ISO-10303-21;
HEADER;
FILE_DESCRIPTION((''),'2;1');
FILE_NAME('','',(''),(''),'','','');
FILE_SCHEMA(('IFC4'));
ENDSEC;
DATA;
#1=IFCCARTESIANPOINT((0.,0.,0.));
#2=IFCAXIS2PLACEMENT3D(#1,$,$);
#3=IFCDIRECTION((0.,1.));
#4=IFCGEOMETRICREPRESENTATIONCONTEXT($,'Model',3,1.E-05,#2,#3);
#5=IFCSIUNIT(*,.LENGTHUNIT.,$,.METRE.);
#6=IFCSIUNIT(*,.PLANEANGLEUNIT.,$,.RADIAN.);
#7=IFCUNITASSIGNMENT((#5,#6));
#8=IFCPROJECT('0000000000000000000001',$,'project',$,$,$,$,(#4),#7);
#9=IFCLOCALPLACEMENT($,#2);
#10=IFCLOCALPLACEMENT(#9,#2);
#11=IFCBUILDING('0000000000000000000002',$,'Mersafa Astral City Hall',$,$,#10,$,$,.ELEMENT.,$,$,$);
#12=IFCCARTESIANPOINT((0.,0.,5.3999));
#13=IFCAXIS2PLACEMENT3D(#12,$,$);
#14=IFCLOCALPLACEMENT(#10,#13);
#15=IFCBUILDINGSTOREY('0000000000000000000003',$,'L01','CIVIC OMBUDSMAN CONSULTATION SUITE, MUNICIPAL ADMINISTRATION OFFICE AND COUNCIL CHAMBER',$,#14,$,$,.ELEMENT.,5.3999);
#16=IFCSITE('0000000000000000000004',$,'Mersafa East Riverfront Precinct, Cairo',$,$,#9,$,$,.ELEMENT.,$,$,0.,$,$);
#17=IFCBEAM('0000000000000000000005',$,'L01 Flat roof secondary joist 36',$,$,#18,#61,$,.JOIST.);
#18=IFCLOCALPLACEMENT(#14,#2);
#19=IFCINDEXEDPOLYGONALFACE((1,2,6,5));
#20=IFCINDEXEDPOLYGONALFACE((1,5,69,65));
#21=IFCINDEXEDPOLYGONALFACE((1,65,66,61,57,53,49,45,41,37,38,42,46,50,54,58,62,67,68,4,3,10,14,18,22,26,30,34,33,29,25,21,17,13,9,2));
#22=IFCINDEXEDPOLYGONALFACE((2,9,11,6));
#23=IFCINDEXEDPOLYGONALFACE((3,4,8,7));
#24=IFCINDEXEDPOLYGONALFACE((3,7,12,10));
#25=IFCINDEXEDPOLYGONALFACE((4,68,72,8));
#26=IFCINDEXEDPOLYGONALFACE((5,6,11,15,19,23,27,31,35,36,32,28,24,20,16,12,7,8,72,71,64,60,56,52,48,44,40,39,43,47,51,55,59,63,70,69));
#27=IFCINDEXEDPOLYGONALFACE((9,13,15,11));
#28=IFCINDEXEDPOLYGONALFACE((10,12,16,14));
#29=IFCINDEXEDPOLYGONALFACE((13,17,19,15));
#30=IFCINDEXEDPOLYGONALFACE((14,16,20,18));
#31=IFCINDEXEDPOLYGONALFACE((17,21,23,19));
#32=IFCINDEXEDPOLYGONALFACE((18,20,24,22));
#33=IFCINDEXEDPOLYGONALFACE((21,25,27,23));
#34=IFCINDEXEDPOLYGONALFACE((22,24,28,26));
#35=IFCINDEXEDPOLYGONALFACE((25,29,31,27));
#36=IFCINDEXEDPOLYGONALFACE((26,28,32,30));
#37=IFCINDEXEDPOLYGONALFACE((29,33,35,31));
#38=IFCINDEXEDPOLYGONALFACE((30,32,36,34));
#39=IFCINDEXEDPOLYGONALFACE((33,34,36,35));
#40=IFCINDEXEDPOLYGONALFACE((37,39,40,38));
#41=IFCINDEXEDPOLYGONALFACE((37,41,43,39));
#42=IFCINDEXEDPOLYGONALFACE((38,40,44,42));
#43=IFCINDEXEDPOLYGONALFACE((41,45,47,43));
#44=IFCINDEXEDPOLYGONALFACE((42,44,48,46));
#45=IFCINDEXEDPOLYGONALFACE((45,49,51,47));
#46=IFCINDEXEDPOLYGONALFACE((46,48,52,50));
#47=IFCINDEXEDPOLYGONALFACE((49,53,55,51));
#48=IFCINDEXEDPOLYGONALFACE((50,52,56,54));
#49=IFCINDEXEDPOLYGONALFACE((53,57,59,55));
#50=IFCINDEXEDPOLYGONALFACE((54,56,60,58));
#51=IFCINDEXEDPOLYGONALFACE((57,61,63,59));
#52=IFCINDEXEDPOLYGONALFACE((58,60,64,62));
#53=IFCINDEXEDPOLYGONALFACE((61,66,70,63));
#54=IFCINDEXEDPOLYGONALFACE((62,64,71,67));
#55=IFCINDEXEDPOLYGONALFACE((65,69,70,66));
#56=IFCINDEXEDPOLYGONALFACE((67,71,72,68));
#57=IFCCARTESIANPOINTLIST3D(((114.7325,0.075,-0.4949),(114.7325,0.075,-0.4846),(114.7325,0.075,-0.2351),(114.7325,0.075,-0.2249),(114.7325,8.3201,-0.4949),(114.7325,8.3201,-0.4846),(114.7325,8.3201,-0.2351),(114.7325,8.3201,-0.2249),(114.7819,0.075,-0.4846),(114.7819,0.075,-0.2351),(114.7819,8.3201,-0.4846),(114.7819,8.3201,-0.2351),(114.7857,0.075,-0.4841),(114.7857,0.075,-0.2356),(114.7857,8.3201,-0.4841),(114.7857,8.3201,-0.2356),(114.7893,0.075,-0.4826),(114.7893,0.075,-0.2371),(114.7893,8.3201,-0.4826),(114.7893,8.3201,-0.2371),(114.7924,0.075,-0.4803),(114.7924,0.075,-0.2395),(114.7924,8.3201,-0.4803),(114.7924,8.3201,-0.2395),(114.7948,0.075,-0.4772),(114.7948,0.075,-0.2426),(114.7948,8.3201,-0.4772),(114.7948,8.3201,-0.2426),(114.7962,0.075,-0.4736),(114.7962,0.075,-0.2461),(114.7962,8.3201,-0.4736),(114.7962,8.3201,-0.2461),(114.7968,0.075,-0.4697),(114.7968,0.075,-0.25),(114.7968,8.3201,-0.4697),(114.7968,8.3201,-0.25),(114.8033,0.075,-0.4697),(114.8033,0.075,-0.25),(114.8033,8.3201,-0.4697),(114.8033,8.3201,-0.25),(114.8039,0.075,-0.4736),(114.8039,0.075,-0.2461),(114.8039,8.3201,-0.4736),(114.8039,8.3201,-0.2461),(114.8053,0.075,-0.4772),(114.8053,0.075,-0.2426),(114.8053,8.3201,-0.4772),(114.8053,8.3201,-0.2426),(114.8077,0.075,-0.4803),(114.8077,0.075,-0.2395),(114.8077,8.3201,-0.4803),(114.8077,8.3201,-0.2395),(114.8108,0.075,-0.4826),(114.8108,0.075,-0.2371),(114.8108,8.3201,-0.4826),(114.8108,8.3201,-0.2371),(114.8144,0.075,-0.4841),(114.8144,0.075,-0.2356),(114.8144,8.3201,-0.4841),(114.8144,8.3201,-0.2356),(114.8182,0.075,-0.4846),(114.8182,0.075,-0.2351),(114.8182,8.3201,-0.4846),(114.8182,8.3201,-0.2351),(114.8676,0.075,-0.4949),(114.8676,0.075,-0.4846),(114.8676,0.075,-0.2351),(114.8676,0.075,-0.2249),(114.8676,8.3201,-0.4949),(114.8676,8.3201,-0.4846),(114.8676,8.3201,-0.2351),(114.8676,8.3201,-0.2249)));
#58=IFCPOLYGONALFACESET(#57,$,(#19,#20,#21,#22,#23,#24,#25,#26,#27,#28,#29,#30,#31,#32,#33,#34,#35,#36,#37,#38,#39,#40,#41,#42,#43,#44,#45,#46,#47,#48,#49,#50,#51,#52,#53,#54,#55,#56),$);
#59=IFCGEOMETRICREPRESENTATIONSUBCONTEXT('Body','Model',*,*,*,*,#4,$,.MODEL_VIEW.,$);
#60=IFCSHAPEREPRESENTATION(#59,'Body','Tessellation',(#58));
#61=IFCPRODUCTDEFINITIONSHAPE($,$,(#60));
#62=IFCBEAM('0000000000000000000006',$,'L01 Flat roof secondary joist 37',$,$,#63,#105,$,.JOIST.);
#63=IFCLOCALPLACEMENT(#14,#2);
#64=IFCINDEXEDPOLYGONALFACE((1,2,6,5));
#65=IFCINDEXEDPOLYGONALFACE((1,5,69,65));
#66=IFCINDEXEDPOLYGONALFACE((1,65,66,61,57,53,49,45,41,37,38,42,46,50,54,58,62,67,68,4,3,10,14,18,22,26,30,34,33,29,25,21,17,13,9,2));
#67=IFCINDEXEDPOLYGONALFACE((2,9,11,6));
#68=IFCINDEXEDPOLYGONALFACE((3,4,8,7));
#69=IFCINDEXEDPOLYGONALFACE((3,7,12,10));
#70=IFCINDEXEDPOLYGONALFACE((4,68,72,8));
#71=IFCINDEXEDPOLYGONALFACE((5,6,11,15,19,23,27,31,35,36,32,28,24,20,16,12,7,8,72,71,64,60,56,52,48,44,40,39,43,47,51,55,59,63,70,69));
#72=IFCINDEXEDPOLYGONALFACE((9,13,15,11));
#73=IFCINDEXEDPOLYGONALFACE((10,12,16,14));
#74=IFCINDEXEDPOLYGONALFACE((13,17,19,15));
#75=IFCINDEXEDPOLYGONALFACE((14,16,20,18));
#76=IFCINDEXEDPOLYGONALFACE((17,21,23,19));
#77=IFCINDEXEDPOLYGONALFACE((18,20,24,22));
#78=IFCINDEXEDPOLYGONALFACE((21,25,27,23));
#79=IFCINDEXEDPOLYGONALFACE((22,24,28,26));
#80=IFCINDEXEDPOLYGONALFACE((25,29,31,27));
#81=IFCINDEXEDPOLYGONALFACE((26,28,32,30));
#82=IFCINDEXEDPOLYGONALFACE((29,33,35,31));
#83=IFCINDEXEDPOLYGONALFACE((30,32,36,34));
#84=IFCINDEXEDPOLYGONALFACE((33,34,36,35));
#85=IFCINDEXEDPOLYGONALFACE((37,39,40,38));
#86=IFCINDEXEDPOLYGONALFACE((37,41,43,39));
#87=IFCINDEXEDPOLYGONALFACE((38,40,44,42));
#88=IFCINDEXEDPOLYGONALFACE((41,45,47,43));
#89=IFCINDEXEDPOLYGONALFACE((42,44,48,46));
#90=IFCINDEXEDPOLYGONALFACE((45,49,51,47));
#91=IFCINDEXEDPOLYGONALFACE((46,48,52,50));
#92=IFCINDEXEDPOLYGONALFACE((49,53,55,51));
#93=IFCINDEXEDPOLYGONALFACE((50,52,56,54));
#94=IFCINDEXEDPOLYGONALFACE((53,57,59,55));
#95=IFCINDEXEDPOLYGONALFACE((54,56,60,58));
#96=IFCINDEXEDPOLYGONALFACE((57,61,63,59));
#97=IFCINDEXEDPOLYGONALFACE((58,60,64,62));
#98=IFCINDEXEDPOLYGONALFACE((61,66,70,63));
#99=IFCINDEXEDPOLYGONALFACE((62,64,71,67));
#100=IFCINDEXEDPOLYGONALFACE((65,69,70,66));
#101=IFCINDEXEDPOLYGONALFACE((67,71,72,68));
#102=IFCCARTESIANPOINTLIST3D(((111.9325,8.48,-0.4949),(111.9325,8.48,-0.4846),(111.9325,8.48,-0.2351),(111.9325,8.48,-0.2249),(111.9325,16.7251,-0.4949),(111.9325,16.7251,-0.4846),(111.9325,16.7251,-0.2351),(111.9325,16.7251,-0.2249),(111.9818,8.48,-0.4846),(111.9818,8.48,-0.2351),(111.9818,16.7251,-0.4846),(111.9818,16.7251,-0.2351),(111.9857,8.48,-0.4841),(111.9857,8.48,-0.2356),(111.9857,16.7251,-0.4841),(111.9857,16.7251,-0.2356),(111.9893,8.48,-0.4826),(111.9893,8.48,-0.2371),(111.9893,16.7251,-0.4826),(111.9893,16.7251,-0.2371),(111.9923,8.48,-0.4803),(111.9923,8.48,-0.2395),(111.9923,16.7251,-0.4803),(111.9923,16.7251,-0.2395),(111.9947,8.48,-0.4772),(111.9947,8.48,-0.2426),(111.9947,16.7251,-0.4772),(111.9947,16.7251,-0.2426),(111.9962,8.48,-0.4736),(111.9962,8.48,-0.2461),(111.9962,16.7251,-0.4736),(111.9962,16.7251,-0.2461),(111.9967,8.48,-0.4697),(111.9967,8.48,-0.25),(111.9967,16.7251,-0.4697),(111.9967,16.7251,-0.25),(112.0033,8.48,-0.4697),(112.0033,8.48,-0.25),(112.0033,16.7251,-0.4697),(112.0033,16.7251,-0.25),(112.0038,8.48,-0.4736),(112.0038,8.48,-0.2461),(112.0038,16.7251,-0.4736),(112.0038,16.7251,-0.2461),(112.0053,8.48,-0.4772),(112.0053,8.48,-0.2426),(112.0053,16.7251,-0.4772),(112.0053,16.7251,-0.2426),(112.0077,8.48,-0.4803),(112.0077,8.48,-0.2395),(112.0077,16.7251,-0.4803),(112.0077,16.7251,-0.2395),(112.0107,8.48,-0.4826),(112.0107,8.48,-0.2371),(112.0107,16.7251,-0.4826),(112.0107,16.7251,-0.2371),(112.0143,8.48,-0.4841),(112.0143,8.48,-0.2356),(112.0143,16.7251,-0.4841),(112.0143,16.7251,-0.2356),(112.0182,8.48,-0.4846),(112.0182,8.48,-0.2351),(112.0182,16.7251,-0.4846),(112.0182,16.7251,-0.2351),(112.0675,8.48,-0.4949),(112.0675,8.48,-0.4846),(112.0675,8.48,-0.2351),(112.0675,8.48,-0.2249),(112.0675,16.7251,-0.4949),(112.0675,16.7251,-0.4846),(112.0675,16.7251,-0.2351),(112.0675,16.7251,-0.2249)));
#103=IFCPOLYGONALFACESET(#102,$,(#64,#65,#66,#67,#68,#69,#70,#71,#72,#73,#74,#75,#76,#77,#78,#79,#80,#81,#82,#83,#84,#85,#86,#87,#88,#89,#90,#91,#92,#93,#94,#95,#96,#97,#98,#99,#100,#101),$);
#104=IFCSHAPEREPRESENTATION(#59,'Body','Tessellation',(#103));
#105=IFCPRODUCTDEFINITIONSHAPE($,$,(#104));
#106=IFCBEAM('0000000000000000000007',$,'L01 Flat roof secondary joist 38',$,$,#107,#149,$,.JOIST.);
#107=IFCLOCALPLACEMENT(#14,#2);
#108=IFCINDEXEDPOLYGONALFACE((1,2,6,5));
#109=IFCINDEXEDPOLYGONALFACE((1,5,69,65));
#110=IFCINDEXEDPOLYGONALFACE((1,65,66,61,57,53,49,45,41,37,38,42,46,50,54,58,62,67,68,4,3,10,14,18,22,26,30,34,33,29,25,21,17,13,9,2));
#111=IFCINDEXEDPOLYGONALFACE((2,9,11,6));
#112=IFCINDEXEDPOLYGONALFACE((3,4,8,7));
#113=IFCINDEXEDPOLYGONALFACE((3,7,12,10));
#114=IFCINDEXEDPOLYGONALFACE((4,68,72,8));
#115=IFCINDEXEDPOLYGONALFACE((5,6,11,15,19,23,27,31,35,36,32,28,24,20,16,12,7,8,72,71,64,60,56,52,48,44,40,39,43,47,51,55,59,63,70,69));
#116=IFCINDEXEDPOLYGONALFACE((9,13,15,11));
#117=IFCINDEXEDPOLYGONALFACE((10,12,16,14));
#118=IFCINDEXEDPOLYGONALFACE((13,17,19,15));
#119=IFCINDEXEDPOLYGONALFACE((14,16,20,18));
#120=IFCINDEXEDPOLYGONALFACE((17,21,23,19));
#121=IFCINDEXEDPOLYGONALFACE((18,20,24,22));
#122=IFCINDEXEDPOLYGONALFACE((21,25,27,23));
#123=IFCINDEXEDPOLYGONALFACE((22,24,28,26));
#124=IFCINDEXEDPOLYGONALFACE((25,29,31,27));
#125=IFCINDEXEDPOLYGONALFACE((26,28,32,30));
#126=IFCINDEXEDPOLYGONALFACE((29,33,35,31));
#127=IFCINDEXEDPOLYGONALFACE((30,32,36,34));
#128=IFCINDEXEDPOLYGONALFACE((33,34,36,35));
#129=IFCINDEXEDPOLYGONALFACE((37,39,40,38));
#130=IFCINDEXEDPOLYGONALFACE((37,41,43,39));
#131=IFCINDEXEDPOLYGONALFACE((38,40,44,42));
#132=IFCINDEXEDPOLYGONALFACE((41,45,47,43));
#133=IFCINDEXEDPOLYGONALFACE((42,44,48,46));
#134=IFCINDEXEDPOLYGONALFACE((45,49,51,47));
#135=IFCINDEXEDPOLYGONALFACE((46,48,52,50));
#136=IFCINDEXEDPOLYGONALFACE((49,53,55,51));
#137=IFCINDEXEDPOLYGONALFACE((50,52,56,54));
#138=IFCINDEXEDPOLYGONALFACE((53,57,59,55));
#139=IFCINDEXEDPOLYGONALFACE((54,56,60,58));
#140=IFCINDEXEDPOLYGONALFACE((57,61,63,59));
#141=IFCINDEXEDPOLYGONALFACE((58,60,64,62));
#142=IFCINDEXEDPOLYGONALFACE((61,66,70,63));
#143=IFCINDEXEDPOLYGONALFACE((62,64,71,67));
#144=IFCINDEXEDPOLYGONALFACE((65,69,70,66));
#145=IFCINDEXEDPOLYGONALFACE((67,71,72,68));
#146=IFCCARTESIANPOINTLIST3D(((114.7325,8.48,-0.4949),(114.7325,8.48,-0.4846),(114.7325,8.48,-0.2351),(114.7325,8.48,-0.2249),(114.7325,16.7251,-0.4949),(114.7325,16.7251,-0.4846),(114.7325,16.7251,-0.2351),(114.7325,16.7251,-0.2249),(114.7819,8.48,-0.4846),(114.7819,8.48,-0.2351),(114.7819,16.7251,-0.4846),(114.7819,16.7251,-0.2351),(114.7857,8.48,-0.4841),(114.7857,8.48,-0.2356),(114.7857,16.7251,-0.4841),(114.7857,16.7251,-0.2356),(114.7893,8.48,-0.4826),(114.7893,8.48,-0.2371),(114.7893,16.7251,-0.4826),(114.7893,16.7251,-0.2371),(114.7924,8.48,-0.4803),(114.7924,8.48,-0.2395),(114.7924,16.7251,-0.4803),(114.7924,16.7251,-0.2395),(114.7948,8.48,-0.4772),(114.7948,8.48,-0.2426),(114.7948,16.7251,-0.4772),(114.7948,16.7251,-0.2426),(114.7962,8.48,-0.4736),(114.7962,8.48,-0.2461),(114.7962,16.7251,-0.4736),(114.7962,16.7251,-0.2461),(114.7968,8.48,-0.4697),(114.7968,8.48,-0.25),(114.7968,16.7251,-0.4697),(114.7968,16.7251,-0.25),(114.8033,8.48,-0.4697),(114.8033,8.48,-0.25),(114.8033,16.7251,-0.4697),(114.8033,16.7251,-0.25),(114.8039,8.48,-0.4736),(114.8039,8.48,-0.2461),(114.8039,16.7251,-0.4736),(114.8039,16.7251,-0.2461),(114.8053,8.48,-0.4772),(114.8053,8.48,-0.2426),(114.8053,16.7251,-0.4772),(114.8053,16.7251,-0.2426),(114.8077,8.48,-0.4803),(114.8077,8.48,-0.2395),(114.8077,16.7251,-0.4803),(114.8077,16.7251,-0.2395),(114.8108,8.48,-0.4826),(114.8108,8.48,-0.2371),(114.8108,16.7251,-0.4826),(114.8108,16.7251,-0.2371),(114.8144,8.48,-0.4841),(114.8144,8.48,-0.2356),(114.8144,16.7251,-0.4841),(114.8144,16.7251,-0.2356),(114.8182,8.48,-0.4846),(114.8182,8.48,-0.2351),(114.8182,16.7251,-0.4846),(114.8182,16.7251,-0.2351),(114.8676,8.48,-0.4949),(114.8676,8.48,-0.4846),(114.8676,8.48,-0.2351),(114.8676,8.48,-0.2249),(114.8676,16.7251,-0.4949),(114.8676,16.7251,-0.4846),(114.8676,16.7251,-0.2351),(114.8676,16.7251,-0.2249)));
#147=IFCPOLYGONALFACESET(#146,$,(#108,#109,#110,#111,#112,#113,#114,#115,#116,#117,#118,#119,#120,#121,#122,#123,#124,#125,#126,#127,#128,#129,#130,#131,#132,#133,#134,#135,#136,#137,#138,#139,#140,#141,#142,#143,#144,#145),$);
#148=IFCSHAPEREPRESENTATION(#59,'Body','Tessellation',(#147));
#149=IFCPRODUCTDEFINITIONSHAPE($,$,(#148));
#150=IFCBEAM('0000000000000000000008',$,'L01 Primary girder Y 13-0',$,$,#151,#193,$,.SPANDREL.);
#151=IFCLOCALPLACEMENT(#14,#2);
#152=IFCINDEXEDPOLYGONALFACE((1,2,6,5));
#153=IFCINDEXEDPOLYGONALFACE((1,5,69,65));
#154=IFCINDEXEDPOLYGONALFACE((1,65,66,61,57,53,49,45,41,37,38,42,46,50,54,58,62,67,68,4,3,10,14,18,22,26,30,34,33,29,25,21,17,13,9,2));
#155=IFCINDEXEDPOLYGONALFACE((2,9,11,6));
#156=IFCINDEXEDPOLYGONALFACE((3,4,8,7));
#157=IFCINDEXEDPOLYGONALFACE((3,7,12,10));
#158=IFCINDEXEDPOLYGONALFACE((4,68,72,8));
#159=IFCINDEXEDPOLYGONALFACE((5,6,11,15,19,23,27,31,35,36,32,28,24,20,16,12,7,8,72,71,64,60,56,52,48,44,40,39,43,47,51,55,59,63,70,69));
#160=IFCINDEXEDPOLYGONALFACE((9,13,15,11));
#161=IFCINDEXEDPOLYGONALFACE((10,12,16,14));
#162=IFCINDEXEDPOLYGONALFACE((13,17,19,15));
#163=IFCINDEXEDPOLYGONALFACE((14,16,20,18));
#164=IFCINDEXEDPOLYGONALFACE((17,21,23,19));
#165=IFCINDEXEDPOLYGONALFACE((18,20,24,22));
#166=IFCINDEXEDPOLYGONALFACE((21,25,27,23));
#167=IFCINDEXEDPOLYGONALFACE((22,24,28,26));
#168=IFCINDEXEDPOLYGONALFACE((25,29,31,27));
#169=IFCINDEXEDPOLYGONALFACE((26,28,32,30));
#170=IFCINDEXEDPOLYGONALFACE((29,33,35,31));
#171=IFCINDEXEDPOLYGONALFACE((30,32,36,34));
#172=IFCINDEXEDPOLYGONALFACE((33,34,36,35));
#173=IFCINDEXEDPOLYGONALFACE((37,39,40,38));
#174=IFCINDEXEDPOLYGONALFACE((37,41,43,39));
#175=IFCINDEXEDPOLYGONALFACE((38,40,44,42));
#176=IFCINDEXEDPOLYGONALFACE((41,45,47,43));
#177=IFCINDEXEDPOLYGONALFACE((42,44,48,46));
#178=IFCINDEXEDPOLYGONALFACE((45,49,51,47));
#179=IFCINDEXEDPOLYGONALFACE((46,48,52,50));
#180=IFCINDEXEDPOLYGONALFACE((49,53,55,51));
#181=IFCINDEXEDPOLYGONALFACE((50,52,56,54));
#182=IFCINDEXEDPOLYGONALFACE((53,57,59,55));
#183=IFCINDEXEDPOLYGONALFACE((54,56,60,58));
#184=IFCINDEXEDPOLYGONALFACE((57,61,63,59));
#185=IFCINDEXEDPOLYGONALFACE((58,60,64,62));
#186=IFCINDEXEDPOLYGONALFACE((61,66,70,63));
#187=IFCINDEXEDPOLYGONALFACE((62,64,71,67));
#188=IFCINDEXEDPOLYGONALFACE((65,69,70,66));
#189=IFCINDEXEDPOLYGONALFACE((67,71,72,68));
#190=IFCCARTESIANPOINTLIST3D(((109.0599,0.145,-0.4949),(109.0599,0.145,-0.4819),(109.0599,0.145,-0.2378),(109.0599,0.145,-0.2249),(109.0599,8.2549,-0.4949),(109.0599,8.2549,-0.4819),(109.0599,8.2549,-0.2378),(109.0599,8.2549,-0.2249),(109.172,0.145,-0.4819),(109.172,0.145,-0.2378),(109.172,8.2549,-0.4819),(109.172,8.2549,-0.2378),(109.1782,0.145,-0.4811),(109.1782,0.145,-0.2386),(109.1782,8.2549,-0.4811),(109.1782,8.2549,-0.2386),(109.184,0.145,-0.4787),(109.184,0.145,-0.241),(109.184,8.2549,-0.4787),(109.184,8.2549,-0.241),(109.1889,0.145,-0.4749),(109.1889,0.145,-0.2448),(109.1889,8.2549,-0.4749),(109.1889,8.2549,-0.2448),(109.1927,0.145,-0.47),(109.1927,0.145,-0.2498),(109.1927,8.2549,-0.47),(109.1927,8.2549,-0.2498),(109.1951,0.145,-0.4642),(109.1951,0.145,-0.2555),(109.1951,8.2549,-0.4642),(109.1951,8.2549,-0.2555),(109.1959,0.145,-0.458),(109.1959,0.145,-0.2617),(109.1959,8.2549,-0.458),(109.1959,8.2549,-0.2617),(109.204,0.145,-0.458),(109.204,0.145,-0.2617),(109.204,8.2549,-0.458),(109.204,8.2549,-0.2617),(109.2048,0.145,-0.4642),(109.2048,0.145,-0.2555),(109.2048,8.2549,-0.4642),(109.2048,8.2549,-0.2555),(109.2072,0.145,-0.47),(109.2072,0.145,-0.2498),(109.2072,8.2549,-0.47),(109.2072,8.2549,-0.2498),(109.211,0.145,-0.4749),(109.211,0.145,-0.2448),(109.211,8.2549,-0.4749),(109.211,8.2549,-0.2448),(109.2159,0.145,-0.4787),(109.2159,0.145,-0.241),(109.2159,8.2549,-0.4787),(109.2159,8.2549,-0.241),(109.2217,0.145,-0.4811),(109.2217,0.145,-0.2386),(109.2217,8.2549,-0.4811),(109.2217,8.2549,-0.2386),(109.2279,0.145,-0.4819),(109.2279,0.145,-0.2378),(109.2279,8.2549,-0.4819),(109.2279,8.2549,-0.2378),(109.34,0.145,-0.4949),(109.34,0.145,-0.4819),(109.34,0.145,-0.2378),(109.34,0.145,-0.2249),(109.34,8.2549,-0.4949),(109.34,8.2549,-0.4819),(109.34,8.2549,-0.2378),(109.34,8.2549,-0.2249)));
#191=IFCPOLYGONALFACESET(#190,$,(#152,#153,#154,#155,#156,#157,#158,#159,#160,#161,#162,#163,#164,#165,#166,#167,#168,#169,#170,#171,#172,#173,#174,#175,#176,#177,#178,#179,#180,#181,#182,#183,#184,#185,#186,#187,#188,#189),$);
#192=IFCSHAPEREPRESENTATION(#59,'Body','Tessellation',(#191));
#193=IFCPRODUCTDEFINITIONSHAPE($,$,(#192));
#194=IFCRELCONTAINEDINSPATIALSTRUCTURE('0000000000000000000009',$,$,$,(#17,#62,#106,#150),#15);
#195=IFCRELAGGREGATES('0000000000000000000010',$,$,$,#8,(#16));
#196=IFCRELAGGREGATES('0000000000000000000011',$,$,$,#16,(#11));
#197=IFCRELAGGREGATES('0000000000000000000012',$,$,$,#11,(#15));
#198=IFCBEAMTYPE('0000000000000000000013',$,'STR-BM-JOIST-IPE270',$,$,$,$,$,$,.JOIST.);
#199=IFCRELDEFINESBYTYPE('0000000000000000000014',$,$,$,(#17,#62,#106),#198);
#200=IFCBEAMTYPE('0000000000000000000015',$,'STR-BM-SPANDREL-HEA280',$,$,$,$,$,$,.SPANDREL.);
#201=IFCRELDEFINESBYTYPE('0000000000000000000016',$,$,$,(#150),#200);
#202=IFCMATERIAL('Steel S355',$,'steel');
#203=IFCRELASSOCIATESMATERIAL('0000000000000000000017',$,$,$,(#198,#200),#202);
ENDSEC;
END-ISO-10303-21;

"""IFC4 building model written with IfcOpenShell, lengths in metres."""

from ifc_helpers import new_model, si_unit, direction, frame, origin, origin_2d, place, context, subcontext, project, spatial, i_section, extrude, material, material_profile, profile_set, type_object, element, save


model = new_model("IFC4")

# Units and contexts
model_context = context("Model", 3, precision=1e-05, world=origin(), true_north=direction((0.0, 1.0)))
body_context = subcontext(model_context, "Body", "Model", "MODEL_VIEW")
ifc_project = project(units=[si_unit("LENGTHUNIT", "METRE"), si_unit("PLANEANGLEUNIT", "RADIAN")], contexts=[model_context])

# Site, building, storey
site_placement = place(None, origin())
site = spatial("IfcSite", under=ifc_project, at=site_placement, Name="Mersafa East Riverfront Precinct, Cairo", CompositionType="ELEMENT", RefElevation=0.0)
building_placement = place(site_placement, origin())
building = spatial("IfcBuilding", under=site, at=building_placement, Name="Mersafa Astral City Hall", CompositionType="ELEMENT")
storey_placement = place(building_placement, frame((0.0, 0.0, 5.3999)))
storey = spatial("IfcBuildingStorey", under=building, at=storey_placement, Name="L01", Description="CIVIC OMBUDSMAN CONSULTATION SUITE, MUNICIPAL ADMINISTRATION OFFICE AND COUNCIL CHAMBER", CompositionType="ELEMENT", Elevation=5.3999)

# Shared definitions
ifc_material_1 = material(Name="Steel S355", Category="steel")

# Beams
ifc_material_profile_1 = material_profile(ifc_material_1, i_section(OverallWidth=0.135, OverallDepth=0.27, WebThickness=0.0066, FlangeThickness=0.0103, FilletRadius=0.0149, at=origin_2d()), Name="IPE 270")
ifc_profile_set_1 = profile_set([ifc_material_profile_1], Name="Steel S355")
beam_type_1 = type_object("IfcBeamType", Name="STR-BM-JOIST-IPE270", PredefinedType="JOIST", material=ifc_profile_set_1)
for number, where, z_axis, x_axis, name in (
    (1, (114.8, 0.075, -0.3599), (0.0, 1.0, 0.0), (-1.0, 0.0, 0.0), "L01 Flat roof secondary joist 36"),
    (2, (112.0, 8.48, -0.3599), (0.0, 1.0, 0.0), (-1.0, 0.0, 0.0), "L01 Flat roof secondary joist 37"),
    (3, (114.8, 8.48, -0.3599), (0.0, 1.0, 0.0), (-1.0, 0.0, 0.0), "L01 Flat roof secondary joist 38"),
):
    element("IfcBeam", number, at=place(storey_placement, frame(where, z_axis=z_axis, x_axis=x_axis)), inside=storey, type_object=beam_type_1, Name=name, PredefinedType="JOIST", context=body_context, shape_type="SweptSolid", body=[
        extrude(i_section(OverallWidth=0.135, OverallDepth=0.27, WebThickness=0.0066, FlangeThickness=0.0103, FilletRadius=0.0149, at=origin_2d()), origin(), (0.0, 0.0, 1.0), 8.2451),
    ])
ifc_material_profile_2 = material_profile(ifc_material_1, i_section(OverallWidth=0.28, OverallDepth=0.27, WebThickness=0.0081, FlangeThickness=0.0129, FilletRadius=0.0239, at=origin_2d()), Name="HEA 280")
ifc_profile_set_2 = profile_set([ifc_material_profile_2], Name="Steel S355")
beam_type_2 = type_object("IfcBeamType", Name="STR-BM-SPANDREL-HEA280", PredefinedType="SPANDREL", material=ifc_profile_set_2)
beam_1_placement = place(storey_placement, frame((109.2, 0.145, -0.3599), z_axis=(0.0, 1.0, 0.0), x_axis=(-1.0, 0.0, 0.0)))
element("IfcBeam", 4, at=beam_1_placement, inside=storey, type_object=beam_type_2, Name="L01 Primary girder Y 13-0", PredefinedType="SPANDREL", context=body_context, shape_type="SweptSolid", body=[
    extrude(i_section(OverallWidth=0.28, OverallDepth=0.27, WebThickness=0.0081, FlangeThickness=0.0129, FilletRadius=0.0239, at=origin_2d()), origin(), (0.0, 0.0, 1.0), 8.1099),
])

save(model, "model.ifc")
